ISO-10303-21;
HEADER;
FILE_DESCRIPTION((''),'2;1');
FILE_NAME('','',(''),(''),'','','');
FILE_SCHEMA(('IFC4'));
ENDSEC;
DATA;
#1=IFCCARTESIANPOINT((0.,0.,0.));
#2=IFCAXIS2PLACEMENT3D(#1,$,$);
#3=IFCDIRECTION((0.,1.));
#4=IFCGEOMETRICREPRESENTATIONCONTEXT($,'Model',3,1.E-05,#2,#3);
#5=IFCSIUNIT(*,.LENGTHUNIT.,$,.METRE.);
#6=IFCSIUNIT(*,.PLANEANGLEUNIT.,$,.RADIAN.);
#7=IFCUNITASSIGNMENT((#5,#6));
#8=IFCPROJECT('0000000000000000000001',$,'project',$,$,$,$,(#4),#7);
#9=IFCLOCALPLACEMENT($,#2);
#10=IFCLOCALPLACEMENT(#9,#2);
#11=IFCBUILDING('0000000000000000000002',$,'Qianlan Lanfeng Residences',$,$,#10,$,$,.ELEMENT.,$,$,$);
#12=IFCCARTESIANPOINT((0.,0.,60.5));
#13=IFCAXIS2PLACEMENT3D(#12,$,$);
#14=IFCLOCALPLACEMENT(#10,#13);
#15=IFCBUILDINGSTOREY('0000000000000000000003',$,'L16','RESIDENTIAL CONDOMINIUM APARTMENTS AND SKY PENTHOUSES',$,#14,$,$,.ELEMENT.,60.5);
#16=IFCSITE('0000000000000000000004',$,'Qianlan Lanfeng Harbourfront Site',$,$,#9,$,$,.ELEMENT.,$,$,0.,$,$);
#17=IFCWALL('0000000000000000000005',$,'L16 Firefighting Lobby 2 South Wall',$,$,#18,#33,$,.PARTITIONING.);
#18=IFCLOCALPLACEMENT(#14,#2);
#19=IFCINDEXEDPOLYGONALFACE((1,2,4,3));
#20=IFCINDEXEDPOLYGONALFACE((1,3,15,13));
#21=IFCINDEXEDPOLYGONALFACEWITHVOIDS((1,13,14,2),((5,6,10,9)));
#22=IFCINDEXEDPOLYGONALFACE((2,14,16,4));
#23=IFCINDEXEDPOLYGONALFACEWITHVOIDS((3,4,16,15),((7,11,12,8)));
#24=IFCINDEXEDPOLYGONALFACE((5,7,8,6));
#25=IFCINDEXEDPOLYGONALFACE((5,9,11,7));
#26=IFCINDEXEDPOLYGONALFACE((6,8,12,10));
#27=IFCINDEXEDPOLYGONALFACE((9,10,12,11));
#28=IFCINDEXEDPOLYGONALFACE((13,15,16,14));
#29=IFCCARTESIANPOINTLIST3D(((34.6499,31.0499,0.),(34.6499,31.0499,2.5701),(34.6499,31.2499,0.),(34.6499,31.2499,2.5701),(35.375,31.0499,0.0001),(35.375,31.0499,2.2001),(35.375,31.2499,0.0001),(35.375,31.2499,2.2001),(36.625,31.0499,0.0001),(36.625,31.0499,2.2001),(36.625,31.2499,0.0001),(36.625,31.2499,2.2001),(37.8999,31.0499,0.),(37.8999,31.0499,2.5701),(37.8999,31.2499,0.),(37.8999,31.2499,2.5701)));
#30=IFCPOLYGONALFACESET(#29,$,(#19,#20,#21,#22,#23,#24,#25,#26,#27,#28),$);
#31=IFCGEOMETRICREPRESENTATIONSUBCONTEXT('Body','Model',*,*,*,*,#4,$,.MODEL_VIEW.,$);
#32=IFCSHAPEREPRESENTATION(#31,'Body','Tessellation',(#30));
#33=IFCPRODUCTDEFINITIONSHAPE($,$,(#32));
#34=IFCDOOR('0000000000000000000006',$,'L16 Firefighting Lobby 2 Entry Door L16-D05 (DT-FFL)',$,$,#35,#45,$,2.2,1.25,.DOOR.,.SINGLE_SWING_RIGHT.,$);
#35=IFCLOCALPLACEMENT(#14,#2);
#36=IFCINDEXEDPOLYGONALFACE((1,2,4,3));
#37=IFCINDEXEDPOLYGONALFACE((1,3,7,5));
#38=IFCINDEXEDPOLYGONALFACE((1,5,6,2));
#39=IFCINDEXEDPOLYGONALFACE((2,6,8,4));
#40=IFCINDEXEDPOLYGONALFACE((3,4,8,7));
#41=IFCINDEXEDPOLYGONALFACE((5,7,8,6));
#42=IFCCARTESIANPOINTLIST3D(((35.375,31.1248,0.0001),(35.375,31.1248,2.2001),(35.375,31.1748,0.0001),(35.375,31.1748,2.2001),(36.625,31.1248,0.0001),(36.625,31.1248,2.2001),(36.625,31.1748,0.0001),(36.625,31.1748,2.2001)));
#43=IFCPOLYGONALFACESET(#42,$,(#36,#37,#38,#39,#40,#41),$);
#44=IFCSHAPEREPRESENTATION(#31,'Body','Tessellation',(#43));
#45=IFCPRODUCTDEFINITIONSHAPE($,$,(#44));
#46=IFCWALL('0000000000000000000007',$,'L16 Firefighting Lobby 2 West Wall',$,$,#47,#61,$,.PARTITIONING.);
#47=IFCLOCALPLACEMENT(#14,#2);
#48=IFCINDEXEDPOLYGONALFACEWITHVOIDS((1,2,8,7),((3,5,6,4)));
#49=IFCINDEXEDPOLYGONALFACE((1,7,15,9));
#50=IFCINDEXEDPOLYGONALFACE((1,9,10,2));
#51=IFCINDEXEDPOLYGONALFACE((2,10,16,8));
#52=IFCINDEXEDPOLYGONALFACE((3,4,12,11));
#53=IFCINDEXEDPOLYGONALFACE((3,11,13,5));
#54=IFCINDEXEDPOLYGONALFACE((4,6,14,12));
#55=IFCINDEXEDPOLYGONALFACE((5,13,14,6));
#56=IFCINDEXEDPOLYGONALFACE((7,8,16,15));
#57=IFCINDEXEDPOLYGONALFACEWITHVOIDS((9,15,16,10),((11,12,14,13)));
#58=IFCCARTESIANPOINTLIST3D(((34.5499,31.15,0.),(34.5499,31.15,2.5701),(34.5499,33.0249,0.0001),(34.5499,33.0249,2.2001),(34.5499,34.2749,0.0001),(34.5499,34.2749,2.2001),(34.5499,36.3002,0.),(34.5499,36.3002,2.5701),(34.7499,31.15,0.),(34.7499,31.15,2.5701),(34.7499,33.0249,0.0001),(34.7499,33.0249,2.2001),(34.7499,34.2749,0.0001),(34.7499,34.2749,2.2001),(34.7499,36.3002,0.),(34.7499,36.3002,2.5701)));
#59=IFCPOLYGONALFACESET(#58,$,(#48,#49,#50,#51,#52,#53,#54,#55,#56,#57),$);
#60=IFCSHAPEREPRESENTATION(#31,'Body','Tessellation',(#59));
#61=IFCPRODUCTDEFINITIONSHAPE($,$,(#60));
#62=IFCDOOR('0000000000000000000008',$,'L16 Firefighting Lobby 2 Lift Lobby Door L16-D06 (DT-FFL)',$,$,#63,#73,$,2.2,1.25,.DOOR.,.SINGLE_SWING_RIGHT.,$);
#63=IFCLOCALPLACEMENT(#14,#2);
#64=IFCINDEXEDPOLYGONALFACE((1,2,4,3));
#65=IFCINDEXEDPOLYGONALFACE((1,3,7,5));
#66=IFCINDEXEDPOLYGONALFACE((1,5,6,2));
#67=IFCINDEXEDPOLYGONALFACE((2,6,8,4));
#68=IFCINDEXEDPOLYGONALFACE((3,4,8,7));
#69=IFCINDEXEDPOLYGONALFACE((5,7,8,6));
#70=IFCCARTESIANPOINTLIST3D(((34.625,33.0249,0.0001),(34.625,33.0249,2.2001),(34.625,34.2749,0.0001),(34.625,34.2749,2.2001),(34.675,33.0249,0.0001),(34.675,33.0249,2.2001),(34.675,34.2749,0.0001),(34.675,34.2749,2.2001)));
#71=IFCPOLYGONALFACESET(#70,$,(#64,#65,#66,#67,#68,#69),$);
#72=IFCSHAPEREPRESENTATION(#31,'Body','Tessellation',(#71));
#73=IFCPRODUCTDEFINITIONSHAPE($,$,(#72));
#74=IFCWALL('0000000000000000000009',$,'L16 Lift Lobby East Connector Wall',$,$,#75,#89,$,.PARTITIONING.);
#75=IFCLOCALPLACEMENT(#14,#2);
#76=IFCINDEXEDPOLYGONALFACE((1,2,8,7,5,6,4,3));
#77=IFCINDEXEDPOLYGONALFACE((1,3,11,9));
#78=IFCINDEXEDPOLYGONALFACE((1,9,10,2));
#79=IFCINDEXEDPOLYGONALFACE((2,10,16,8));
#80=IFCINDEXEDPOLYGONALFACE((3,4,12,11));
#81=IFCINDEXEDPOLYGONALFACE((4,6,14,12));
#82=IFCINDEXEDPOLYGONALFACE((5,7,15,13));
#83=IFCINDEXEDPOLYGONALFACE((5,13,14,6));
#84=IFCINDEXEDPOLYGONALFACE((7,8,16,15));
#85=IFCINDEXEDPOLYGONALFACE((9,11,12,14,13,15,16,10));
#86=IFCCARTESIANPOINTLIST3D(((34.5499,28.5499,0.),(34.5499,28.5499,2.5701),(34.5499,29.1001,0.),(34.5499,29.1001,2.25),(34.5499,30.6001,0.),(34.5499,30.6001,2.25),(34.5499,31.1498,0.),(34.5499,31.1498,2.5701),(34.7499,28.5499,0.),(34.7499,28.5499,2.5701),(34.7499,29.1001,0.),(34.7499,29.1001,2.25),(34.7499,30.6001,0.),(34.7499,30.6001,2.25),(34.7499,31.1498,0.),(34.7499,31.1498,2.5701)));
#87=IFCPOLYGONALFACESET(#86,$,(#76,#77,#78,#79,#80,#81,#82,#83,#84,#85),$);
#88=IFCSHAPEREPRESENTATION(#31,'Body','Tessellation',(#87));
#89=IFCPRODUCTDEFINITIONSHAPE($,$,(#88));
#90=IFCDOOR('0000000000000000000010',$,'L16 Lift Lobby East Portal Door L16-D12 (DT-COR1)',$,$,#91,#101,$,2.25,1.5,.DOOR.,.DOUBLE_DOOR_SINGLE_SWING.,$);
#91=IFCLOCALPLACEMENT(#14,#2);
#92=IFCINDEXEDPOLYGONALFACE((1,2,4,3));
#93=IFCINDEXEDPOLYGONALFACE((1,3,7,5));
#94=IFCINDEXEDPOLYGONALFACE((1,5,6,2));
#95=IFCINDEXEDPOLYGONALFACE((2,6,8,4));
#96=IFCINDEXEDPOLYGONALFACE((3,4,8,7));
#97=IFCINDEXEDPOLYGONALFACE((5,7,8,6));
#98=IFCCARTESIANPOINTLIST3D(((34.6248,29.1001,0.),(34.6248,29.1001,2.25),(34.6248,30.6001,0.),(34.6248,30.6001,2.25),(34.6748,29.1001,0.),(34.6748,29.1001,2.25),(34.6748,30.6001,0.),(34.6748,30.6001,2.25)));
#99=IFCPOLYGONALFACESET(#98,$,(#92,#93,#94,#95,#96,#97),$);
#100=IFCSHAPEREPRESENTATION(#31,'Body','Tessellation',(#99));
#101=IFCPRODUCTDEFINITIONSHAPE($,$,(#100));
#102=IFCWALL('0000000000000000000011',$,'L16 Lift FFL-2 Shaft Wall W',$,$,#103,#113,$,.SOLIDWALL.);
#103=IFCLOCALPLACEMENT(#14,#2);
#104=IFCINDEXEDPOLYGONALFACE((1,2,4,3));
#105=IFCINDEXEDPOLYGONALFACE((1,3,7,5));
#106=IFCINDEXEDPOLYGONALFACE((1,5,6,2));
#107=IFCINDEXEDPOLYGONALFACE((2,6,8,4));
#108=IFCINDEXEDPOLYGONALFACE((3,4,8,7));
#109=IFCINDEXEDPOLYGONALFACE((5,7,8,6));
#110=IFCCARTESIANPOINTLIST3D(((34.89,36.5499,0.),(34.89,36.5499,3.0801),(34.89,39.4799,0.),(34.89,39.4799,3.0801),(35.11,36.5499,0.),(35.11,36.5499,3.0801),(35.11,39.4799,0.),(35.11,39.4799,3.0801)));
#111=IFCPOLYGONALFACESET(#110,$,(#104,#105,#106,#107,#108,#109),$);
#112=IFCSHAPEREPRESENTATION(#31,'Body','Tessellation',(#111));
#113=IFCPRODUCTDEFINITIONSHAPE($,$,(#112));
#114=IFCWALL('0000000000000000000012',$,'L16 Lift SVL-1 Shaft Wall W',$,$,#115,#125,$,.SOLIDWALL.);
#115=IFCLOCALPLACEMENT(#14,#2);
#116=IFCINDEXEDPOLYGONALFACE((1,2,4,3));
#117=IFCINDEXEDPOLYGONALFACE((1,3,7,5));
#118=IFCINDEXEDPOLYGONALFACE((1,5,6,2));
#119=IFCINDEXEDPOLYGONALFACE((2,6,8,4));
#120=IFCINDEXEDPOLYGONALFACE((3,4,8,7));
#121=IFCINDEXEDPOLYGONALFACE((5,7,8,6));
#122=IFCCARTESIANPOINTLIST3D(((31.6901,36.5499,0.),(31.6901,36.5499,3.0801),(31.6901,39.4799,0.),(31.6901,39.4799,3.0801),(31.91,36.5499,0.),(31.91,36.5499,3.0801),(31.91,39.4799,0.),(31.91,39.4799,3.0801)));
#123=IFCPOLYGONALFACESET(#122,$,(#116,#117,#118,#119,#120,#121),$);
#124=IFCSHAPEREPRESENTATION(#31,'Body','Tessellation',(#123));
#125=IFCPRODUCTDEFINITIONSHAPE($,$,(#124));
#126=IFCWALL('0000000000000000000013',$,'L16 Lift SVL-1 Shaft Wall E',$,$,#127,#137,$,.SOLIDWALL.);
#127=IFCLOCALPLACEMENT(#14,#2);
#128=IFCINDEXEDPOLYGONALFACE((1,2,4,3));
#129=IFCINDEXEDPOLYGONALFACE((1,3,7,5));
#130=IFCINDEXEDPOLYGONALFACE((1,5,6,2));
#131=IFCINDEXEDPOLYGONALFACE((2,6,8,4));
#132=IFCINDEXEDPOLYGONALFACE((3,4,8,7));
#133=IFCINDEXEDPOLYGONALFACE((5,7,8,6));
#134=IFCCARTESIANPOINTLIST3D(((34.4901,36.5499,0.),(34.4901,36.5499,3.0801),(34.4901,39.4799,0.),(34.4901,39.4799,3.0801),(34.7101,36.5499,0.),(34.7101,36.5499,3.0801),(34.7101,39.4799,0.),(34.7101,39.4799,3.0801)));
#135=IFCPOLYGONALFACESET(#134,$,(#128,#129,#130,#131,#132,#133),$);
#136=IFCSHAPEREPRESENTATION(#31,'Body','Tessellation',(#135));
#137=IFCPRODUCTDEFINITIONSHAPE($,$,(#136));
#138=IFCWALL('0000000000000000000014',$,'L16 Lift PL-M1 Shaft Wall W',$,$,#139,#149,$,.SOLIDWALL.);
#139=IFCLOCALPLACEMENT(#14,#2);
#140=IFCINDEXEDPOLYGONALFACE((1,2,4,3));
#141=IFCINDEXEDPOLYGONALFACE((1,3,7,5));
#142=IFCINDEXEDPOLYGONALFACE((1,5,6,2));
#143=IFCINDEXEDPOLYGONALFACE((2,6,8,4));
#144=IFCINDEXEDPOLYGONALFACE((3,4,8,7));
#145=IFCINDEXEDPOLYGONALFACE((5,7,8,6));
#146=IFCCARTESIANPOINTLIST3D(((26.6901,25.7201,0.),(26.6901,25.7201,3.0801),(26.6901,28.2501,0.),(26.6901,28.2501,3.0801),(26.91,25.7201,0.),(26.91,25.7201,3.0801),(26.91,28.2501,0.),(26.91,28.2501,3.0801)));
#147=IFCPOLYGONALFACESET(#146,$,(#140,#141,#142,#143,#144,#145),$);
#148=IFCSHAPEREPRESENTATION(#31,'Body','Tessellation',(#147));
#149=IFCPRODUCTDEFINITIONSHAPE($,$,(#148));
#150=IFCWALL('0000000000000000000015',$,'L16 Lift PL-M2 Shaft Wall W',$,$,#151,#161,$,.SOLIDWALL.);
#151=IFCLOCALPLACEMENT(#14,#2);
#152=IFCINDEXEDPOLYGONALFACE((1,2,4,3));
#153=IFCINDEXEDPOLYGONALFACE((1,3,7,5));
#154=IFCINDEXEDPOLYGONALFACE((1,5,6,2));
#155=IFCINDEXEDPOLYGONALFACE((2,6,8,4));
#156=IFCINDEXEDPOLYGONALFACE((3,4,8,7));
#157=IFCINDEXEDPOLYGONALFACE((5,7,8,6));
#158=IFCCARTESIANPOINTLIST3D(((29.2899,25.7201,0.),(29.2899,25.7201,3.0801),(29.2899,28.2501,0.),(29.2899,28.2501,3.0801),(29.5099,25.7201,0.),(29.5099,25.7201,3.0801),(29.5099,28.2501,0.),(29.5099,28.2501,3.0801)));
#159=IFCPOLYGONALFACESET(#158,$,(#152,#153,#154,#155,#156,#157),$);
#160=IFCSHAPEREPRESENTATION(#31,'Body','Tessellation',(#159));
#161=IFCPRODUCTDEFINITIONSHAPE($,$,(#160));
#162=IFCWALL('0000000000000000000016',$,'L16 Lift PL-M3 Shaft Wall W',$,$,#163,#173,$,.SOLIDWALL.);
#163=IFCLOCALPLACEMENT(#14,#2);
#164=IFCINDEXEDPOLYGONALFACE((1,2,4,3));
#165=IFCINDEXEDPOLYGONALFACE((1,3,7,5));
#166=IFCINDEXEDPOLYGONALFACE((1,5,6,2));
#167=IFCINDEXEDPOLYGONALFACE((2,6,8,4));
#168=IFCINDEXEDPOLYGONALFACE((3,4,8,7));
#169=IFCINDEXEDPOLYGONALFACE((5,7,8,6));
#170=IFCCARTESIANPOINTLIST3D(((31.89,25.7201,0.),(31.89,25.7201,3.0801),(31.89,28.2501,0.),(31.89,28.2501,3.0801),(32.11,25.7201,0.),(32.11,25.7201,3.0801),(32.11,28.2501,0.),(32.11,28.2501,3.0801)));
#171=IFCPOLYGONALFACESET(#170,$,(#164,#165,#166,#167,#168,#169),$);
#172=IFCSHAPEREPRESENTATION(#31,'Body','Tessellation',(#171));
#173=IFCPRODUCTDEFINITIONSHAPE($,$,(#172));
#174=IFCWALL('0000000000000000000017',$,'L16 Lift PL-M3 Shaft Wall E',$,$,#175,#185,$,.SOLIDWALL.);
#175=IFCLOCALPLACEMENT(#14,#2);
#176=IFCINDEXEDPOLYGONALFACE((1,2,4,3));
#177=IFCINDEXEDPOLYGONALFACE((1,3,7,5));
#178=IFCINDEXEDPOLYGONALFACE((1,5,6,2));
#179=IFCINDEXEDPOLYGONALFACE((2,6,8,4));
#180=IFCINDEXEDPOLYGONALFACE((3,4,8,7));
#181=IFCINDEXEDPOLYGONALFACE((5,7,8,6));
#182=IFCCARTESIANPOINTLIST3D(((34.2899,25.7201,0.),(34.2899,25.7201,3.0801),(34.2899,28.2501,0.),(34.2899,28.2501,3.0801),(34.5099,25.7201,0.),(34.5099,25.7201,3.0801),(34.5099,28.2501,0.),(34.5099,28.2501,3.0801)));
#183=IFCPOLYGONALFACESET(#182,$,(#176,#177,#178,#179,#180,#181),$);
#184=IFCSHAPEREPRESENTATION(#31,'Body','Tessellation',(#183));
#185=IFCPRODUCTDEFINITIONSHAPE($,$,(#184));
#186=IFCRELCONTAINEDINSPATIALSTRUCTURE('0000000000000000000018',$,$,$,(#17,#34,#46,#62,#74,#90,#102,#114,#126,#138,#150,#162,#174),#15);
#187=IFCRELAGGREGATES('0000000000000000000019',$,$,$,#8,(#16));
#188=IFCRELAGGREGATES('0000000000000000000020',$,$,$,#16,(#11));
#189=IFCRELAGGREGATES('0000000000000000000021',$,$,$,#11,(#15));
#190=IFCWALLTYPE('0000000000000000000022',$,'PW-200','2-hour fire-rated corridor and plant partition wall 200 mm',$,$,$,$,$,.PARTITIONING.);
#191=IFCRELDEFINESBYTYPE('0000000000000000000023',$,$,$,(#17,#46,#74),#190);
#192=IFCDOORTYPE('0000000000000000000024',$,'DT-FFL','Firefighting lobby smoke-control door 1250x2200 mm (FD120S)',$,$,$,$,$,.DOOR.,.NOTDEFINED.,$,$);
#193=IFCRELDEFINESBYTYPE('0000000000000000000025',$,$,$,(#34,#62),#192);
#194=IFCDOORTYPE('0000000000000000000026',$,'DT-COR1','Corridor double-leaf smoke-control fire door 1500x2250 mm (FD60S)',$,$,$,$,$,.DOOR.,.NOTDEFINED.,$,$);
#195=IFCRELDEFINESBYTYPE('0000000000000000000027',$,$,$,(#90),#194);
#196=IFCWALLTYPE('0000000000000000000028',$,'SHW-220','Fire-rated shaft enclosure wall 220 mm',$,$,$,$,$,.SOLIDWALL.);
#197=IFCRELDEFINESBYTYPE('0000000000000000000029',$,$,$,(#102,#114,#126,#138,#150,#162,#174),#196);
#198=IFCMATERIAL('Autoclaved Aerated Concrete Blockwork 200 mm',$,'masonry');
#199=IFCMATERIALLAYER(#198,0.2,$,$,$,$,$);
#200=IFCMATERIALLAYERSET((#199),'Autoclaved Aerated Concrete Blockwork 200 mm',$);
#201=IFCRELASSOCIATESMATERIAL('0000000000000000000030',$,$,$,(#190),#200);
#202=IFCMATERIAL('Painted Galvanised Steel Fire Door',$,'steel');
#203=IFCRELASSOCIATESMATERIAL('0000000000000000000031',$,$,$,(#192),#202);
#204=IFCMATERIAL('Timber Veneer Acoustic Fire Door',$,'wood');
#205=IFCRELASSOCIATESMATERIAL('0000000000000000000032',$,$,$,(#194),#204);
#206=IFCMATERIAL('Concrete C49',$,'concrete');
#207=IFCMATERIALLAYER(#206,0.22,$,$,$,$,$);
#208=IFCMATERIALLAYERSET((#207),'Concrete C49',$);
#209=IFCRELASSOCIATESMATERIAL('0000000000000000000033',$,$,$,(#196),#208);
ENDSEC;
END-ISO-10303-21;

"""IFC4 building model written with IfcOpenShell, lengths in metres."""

from ifc_helpers import new_model, si_unit, direction, frame, frame_2d, origin, place, context, subcontext, project, spatial, rectangle, extrude, material, layer, layer_set, type_object, element, fill, save


model = new_model("IFC4")

# Units and contexts
model_context = context("Model", 3, precision=1e-05, world=origin(), true_north=direction((0.0, 1.0)))
body_context = subcontext(model_context, "Body", "Model", "MODEL_VIEW")
ifc_project = project(units=[si_unit("LENGTHUNIT", "METRE"), si_unit("PLANEANGLEUNIT", "RADIAN")], contexts=[model_context])

# Site, building, storey
site_placement = place(None, origin())
site = spatial("IfcSite", under=ifc_project, at=site_placement, Name="Qianlan Lanfeng Harbourfront Site", CompositionType="ELEMENT", RefElevation=0.0)
building_placement = place(site_placement, origin())
building = spatial("IfcBuilding", under=site, at=building_placement, Name="Qianlan Lanfeng Residences", CompositionType="ELEMENT")
storey_placement = place(building_placement, frame((0.0, 0.0, 60.5)))
storey = spatial("IfcBuildingStorey", under=building, at=storey_placement, Name="L16", Description="RESIDENTIAL CONDOMINIUM APARTMENTS AND SKY PENTHOUSES", CompositionType="ELEMENT", Elevation=60.5)

# Walls, openings, doors
ifc_material_1 = material(Name="Autoclaved Aerated Concrete Blockwork 200 mm", Category="masonry")
ifc_layer_1 = layer(ifc_material_1, 0.2)
ifc_layer_set_1 = layer_set([ifc_layer_1], Name="Autoclaved Aerated Concrete Blockwork 200 mm")
wall_type_1 = type_object("IfcWallType", Name="PW-200", Description="2-hour fire-rated corridor and plant partition wall 200 mm", PredefinedType="PARTITIONING", material=ifc_layer_set_1)
wall_1_placement = place(storey_placement, frame((34.6499, 31.1499, 0.0), z_axis=(0.0, 0.0, 1.0), x_axis=(1.0, 0.0, 0.0)))
wall_1 = element("IfcWall", 1, at=wall_1_placement, inside=storey, type_object=wall_type_1, Name="L16 Firefighting Lobby 2 South Wall", PredefinedType="PARTITIONING", context=body_context, shape_type="SweptSolid", body=[
    extrude(rectangle(XDim=3.25, YDim=0.2, at=frame_2d((1.625, 0.0))), origin(), (0.0, 0.0, 1.0), 2.5701),
])
opening_1_placement = place(wall_1_placement, frame((0.7251, 0.0, 0.0)))
opening_1 = element("IfcOpeningElement", 2, at=opening_1_placement, cuts=wall_1, PredefinedType="OPENING", context=body_context, shape_type="SweptSolid", body=[
    extrude(rectangle(XDim=1.25, YDim=2.2, at=frame_2d((0.625, 1.1001))), frame((0.0, 0.1099, 0.0), z_axis=(0.0, -1.0, 0.0), x_axis=(1.0, 0.0, 0.0)), (0.0, 0.0, 1.0), 0.22),
])
ifc_material_2 = material(Name="Painted Galvanised Steel Fire Door", Category="steel")
door_type_1 = type_object("IfcDoorType", Name="DT-FFL", Description="Firefighting lobby smoke-control door 1250x2200 mm (FD120S)", OperationType="NOTDEFINED", PredefinedType="DOOR", material=ifc_material_2)
door_1_placement = place(opening_1_placement, origin())
door_1 = element("IfcDoor", 3, at=door_1_placement, inside=storey, type_object=door_type_1, Name="L16 Firefighting Lobby 2 Entry Door L16-D05 (DT-FFL)", OperationType="SINGLE_SWING_RIGHT", OverallHeight=2.2, OverallWidth=1.25, PredefinedType="DOOR", context=body_context, shape_type="SweptSolid", body=[
    extrude(rectangle(XDim=1.25, YDim=2.2, at=frame_2d((0.625, 1.1001))), frame((0.0, 0.0249, 0.0), z_axis=(0.0, -1.0, 0.0), x_axis=(1.0, 0.0, 0.0)), (0.0, 0.0, 1.0), 0.05),
])
fill(opening_1, door_1)
wall_2_placement = place(storey_placement, frame((34.6499, 31.1499, 0.0), z_axis=(0.0, 0.0, 1.0), x_axis=(0.0, 1.0, 0.0)))
wall_2 = element("IfcWall", 4, at=wall_2_placement, inside=storey, type_object=wall_type_1, Name="L16 Firefighting Lobby 2 West Wall", PredefinedType="PARTITIONING", context=body_context, shape_type="SweptSolid", body=[
    extrude(rectangle(XDim=5.1501, YDim=0.2, at=frame_2d((2.5752, 0.0))), origin(), (0.0, 0.0, 1.0), 2.5701),
])
opening_2_placement = place(wall_2_placement, frame((1.875, 0.0, 0.0)))
opening_2 = element("IfcOpeningElement", 5, at=opening_2_placement, cuts=wall_2, PredefinedType="OPENING", context=body_context, shape_type="SweptSolid", body=[
    extrude(rectangle(XDim=1.25, YDim=2.2, at=frame_2d((0.625, 1.1001))), frame((0.0, 0.1099, 0.0), z_axis=(0.0, -1.0, 0.0), x_axis=(1.0, 0.0, 0.0)), (0.0, 0.0, 1.0), 0.22),
])
door_2_placement = place(opening_2_placement, origin())
door_2 = element("IfcDoor", 6, at=door_2_placement, inside=storey, type_object=door_type_1, Name="L16 Firefighting Lobby 2 Lift Lobby Door L16-D06 (DT-FFL)", OperationType="SINGLE_SWING_RIGHT", OverallHeight=2.2, OverallWidth=1.25, PredefinedType="DOOR", context=body_context, shape_type="SweptSolid", body=[
    extrude(rectangle(XDim=1.25, YDim=2.2, at=frame_2d((0.625, 1.1001))), frame((0.0, 0.0249, 0.0), z_axis=(0.0, -1.0, 0.0), x_axis=(1.0, 0.0, 0.0)), (0.0, 0.0, 1.0), 0.05),
])
fill(opening_2, door_2)
wall_3_placement = place(storey_placement, frame((34.6499, 28.55, 0.0), z_axis=(0.0, 0.0, 1.0), x_axis=(0.0, 1.0, 0.0)))
wall_3 = element("IfcWall", 7, at=wall_3_placement, inside=storey, type_object=wall_type_1, Name="L16 Lift Lobby East Connector Wall", PredefinedType="PARTITIONING", context=body_context, shape_type="SweptSolid", body=[
    extrude(rectangle(XDim=2.5999, YDim=0.2, at=frame_2d((1.2998, 0.0))), origin(), (0.0, 0.0, 1.0), 2.5701),
])
opening_3_placement = place(wall_3_placement, frame((0.55, 0.0, 0.0)))
opening_3 = element("IfcOpeningElement", 8, at=opening_3_placement, cuts=wall_3, PredefinedType="OPENING", context=body_context, shape_type="SweptSolid", body=[
    extrude(rectangle(XDim=1.5, YDim=2.25, at=frame_2d((0.75, 1.125))), frame((0.0, 0.1099, 0.0), z_axis=(0.0, -1.0, 0.0), x_axis=(1.0, 0.0, 0.0)), (0.0, 0.0, 1.0), 0.22),
])
ifc_material_3 = material(Name="Timber Veneer Acoustic Fire Door", Category="wood")
door_type_2 = type_object("IfcDoorType", Name="DT-COR1", Description="Corridor double-leaf smoke-control fire door 1500x2250 mm (FD60S)", OperationType="NOTDEFINED", PredefinedType="DOOR", material=ifc_material_3)
door_3_placement = place(opening_3_placement, frame((1.5, 0.0, 0.0), z_axis=(0.0, 0.0, 1.0), x_axis=(-1.0, 0.0, 0.0)))
door_3 = element("IfcDoor", 9, at=door_3_placement, inside=storey, type_object=door_type_2, Name="L16 Lift Lobby East Portal Door L16-D12 (DT-COR1)", OperationType="DOUBLE_DOOR_SINGLE_SWING", OverallHeight=2.25, OverallWidth=1.5, PredefinedType="DOOR", context=body_context, shape_type="SweptSolid", body=[
    extrude(rectangle(XDim=1.5, YDim=2.25, at=frame_2d((0.75, 1.125))), frame((0.0, 0.0249, 0.0), z_axis=(0.0, -1.0, 0.0), x_axis=(1.0, 0.0, 0.0)), (0.0, 0.0, 1.0), 0.05),
])
fill(opening_3, door_3)

# Walls
ifc_material_4 = material(Name="Concrete C49", Category="concrete")
ifc_layer_2 = layer(ifc_material_4, 0.22)
ifc_layer_set_2 = layer_set([ifc_layer_2], Name="Concrete C49")
wall_type_2 = type_object("IfcWallType", Name="SHW-220", Description="Fire-rated shaft enclosure wall 220 mm", PredefinedType="SOLIDWALL", material=ifc_layer_set_2)
for number, where, z_axis, x_axis, name in (
    (10, (35.0, 36.55, 0.0), (0.0, 0.0, 1.0), (0.0, 1.0, 0.0), "L16 Lift FFL-2 Shaft Wall W"),
    (11, (31.8, 36.55, 0.0), (0.0, 0.0, 1.0), (0.0, 1.0, 0.0), "L16 Lift SVL-1 Shaft Wall W"),
    (12, (34.6001, 36.55, 0.0), (0.0, 0.0, 1.0), (0.0, 1.0, 0.0), "L16 Lift SVL-1 Shaft Wall E"),
):
    element("IfcWall", number, at=place(storey_placement, frame(where, z_axis=z_axis, x_axis=x_axis)), inside=storey, type_object=wall_type_2, Name=name, PredefinedType="SOLIDWALL", context=body_context, shape_type="SweptSolid", body=[
        extrude(rectangle(XDim=2.9299, YDim=0.22, at=frame_2d((1.4648, 0.0))), origin(), (0.0, 0.0, 1.0), 3.0801),
    ])
for number, where, z_axis, x_axis, name in (
    (13, (26.8, 25.72, 0.0), (0.0, 0.0, 1.0), (0.0, 1.0, 0.0), "L16 Lift PL-M1 Shaft Wall W"),
    (14, (29.3999, 25.72, 0.0), (0.0, 0.0, 1.0), (0.0, 1.0, 0.0), "L16 Lift PL-M2 Shaft Wall W"),
    (15, (32.0, 25.72, 0.0), (0.0, 0.0, 1.0), (0.0, 1.0, 0.0), "L16 Lift PL-M3 Shaft Wall W"),
    (16, (34.3999, 25.72, 0.0), (0.0, 0.0, 1.0), (0.0, 1.0, 0.0), "L16 Lift PL-M3 Shaft Wall E"),
):
    element("IfcWall", number, at=place(storey_placement, frame(where, z_axis=z_axis, x_axis=x_axis)), inside=storey, type_object=wall_type_2, Name=name, PredefinedType="SOLIDWALL", context=body_context, shape_type="SweptSolid", body=[
        extrude(rectangle(XDim=2.53, YDim=0.22, at=frame_2d((1.2651, 0.0))), origin(), (0.0, 0.0, 1.0), 3.0801),
    ])

save(model, "model.ifc")
